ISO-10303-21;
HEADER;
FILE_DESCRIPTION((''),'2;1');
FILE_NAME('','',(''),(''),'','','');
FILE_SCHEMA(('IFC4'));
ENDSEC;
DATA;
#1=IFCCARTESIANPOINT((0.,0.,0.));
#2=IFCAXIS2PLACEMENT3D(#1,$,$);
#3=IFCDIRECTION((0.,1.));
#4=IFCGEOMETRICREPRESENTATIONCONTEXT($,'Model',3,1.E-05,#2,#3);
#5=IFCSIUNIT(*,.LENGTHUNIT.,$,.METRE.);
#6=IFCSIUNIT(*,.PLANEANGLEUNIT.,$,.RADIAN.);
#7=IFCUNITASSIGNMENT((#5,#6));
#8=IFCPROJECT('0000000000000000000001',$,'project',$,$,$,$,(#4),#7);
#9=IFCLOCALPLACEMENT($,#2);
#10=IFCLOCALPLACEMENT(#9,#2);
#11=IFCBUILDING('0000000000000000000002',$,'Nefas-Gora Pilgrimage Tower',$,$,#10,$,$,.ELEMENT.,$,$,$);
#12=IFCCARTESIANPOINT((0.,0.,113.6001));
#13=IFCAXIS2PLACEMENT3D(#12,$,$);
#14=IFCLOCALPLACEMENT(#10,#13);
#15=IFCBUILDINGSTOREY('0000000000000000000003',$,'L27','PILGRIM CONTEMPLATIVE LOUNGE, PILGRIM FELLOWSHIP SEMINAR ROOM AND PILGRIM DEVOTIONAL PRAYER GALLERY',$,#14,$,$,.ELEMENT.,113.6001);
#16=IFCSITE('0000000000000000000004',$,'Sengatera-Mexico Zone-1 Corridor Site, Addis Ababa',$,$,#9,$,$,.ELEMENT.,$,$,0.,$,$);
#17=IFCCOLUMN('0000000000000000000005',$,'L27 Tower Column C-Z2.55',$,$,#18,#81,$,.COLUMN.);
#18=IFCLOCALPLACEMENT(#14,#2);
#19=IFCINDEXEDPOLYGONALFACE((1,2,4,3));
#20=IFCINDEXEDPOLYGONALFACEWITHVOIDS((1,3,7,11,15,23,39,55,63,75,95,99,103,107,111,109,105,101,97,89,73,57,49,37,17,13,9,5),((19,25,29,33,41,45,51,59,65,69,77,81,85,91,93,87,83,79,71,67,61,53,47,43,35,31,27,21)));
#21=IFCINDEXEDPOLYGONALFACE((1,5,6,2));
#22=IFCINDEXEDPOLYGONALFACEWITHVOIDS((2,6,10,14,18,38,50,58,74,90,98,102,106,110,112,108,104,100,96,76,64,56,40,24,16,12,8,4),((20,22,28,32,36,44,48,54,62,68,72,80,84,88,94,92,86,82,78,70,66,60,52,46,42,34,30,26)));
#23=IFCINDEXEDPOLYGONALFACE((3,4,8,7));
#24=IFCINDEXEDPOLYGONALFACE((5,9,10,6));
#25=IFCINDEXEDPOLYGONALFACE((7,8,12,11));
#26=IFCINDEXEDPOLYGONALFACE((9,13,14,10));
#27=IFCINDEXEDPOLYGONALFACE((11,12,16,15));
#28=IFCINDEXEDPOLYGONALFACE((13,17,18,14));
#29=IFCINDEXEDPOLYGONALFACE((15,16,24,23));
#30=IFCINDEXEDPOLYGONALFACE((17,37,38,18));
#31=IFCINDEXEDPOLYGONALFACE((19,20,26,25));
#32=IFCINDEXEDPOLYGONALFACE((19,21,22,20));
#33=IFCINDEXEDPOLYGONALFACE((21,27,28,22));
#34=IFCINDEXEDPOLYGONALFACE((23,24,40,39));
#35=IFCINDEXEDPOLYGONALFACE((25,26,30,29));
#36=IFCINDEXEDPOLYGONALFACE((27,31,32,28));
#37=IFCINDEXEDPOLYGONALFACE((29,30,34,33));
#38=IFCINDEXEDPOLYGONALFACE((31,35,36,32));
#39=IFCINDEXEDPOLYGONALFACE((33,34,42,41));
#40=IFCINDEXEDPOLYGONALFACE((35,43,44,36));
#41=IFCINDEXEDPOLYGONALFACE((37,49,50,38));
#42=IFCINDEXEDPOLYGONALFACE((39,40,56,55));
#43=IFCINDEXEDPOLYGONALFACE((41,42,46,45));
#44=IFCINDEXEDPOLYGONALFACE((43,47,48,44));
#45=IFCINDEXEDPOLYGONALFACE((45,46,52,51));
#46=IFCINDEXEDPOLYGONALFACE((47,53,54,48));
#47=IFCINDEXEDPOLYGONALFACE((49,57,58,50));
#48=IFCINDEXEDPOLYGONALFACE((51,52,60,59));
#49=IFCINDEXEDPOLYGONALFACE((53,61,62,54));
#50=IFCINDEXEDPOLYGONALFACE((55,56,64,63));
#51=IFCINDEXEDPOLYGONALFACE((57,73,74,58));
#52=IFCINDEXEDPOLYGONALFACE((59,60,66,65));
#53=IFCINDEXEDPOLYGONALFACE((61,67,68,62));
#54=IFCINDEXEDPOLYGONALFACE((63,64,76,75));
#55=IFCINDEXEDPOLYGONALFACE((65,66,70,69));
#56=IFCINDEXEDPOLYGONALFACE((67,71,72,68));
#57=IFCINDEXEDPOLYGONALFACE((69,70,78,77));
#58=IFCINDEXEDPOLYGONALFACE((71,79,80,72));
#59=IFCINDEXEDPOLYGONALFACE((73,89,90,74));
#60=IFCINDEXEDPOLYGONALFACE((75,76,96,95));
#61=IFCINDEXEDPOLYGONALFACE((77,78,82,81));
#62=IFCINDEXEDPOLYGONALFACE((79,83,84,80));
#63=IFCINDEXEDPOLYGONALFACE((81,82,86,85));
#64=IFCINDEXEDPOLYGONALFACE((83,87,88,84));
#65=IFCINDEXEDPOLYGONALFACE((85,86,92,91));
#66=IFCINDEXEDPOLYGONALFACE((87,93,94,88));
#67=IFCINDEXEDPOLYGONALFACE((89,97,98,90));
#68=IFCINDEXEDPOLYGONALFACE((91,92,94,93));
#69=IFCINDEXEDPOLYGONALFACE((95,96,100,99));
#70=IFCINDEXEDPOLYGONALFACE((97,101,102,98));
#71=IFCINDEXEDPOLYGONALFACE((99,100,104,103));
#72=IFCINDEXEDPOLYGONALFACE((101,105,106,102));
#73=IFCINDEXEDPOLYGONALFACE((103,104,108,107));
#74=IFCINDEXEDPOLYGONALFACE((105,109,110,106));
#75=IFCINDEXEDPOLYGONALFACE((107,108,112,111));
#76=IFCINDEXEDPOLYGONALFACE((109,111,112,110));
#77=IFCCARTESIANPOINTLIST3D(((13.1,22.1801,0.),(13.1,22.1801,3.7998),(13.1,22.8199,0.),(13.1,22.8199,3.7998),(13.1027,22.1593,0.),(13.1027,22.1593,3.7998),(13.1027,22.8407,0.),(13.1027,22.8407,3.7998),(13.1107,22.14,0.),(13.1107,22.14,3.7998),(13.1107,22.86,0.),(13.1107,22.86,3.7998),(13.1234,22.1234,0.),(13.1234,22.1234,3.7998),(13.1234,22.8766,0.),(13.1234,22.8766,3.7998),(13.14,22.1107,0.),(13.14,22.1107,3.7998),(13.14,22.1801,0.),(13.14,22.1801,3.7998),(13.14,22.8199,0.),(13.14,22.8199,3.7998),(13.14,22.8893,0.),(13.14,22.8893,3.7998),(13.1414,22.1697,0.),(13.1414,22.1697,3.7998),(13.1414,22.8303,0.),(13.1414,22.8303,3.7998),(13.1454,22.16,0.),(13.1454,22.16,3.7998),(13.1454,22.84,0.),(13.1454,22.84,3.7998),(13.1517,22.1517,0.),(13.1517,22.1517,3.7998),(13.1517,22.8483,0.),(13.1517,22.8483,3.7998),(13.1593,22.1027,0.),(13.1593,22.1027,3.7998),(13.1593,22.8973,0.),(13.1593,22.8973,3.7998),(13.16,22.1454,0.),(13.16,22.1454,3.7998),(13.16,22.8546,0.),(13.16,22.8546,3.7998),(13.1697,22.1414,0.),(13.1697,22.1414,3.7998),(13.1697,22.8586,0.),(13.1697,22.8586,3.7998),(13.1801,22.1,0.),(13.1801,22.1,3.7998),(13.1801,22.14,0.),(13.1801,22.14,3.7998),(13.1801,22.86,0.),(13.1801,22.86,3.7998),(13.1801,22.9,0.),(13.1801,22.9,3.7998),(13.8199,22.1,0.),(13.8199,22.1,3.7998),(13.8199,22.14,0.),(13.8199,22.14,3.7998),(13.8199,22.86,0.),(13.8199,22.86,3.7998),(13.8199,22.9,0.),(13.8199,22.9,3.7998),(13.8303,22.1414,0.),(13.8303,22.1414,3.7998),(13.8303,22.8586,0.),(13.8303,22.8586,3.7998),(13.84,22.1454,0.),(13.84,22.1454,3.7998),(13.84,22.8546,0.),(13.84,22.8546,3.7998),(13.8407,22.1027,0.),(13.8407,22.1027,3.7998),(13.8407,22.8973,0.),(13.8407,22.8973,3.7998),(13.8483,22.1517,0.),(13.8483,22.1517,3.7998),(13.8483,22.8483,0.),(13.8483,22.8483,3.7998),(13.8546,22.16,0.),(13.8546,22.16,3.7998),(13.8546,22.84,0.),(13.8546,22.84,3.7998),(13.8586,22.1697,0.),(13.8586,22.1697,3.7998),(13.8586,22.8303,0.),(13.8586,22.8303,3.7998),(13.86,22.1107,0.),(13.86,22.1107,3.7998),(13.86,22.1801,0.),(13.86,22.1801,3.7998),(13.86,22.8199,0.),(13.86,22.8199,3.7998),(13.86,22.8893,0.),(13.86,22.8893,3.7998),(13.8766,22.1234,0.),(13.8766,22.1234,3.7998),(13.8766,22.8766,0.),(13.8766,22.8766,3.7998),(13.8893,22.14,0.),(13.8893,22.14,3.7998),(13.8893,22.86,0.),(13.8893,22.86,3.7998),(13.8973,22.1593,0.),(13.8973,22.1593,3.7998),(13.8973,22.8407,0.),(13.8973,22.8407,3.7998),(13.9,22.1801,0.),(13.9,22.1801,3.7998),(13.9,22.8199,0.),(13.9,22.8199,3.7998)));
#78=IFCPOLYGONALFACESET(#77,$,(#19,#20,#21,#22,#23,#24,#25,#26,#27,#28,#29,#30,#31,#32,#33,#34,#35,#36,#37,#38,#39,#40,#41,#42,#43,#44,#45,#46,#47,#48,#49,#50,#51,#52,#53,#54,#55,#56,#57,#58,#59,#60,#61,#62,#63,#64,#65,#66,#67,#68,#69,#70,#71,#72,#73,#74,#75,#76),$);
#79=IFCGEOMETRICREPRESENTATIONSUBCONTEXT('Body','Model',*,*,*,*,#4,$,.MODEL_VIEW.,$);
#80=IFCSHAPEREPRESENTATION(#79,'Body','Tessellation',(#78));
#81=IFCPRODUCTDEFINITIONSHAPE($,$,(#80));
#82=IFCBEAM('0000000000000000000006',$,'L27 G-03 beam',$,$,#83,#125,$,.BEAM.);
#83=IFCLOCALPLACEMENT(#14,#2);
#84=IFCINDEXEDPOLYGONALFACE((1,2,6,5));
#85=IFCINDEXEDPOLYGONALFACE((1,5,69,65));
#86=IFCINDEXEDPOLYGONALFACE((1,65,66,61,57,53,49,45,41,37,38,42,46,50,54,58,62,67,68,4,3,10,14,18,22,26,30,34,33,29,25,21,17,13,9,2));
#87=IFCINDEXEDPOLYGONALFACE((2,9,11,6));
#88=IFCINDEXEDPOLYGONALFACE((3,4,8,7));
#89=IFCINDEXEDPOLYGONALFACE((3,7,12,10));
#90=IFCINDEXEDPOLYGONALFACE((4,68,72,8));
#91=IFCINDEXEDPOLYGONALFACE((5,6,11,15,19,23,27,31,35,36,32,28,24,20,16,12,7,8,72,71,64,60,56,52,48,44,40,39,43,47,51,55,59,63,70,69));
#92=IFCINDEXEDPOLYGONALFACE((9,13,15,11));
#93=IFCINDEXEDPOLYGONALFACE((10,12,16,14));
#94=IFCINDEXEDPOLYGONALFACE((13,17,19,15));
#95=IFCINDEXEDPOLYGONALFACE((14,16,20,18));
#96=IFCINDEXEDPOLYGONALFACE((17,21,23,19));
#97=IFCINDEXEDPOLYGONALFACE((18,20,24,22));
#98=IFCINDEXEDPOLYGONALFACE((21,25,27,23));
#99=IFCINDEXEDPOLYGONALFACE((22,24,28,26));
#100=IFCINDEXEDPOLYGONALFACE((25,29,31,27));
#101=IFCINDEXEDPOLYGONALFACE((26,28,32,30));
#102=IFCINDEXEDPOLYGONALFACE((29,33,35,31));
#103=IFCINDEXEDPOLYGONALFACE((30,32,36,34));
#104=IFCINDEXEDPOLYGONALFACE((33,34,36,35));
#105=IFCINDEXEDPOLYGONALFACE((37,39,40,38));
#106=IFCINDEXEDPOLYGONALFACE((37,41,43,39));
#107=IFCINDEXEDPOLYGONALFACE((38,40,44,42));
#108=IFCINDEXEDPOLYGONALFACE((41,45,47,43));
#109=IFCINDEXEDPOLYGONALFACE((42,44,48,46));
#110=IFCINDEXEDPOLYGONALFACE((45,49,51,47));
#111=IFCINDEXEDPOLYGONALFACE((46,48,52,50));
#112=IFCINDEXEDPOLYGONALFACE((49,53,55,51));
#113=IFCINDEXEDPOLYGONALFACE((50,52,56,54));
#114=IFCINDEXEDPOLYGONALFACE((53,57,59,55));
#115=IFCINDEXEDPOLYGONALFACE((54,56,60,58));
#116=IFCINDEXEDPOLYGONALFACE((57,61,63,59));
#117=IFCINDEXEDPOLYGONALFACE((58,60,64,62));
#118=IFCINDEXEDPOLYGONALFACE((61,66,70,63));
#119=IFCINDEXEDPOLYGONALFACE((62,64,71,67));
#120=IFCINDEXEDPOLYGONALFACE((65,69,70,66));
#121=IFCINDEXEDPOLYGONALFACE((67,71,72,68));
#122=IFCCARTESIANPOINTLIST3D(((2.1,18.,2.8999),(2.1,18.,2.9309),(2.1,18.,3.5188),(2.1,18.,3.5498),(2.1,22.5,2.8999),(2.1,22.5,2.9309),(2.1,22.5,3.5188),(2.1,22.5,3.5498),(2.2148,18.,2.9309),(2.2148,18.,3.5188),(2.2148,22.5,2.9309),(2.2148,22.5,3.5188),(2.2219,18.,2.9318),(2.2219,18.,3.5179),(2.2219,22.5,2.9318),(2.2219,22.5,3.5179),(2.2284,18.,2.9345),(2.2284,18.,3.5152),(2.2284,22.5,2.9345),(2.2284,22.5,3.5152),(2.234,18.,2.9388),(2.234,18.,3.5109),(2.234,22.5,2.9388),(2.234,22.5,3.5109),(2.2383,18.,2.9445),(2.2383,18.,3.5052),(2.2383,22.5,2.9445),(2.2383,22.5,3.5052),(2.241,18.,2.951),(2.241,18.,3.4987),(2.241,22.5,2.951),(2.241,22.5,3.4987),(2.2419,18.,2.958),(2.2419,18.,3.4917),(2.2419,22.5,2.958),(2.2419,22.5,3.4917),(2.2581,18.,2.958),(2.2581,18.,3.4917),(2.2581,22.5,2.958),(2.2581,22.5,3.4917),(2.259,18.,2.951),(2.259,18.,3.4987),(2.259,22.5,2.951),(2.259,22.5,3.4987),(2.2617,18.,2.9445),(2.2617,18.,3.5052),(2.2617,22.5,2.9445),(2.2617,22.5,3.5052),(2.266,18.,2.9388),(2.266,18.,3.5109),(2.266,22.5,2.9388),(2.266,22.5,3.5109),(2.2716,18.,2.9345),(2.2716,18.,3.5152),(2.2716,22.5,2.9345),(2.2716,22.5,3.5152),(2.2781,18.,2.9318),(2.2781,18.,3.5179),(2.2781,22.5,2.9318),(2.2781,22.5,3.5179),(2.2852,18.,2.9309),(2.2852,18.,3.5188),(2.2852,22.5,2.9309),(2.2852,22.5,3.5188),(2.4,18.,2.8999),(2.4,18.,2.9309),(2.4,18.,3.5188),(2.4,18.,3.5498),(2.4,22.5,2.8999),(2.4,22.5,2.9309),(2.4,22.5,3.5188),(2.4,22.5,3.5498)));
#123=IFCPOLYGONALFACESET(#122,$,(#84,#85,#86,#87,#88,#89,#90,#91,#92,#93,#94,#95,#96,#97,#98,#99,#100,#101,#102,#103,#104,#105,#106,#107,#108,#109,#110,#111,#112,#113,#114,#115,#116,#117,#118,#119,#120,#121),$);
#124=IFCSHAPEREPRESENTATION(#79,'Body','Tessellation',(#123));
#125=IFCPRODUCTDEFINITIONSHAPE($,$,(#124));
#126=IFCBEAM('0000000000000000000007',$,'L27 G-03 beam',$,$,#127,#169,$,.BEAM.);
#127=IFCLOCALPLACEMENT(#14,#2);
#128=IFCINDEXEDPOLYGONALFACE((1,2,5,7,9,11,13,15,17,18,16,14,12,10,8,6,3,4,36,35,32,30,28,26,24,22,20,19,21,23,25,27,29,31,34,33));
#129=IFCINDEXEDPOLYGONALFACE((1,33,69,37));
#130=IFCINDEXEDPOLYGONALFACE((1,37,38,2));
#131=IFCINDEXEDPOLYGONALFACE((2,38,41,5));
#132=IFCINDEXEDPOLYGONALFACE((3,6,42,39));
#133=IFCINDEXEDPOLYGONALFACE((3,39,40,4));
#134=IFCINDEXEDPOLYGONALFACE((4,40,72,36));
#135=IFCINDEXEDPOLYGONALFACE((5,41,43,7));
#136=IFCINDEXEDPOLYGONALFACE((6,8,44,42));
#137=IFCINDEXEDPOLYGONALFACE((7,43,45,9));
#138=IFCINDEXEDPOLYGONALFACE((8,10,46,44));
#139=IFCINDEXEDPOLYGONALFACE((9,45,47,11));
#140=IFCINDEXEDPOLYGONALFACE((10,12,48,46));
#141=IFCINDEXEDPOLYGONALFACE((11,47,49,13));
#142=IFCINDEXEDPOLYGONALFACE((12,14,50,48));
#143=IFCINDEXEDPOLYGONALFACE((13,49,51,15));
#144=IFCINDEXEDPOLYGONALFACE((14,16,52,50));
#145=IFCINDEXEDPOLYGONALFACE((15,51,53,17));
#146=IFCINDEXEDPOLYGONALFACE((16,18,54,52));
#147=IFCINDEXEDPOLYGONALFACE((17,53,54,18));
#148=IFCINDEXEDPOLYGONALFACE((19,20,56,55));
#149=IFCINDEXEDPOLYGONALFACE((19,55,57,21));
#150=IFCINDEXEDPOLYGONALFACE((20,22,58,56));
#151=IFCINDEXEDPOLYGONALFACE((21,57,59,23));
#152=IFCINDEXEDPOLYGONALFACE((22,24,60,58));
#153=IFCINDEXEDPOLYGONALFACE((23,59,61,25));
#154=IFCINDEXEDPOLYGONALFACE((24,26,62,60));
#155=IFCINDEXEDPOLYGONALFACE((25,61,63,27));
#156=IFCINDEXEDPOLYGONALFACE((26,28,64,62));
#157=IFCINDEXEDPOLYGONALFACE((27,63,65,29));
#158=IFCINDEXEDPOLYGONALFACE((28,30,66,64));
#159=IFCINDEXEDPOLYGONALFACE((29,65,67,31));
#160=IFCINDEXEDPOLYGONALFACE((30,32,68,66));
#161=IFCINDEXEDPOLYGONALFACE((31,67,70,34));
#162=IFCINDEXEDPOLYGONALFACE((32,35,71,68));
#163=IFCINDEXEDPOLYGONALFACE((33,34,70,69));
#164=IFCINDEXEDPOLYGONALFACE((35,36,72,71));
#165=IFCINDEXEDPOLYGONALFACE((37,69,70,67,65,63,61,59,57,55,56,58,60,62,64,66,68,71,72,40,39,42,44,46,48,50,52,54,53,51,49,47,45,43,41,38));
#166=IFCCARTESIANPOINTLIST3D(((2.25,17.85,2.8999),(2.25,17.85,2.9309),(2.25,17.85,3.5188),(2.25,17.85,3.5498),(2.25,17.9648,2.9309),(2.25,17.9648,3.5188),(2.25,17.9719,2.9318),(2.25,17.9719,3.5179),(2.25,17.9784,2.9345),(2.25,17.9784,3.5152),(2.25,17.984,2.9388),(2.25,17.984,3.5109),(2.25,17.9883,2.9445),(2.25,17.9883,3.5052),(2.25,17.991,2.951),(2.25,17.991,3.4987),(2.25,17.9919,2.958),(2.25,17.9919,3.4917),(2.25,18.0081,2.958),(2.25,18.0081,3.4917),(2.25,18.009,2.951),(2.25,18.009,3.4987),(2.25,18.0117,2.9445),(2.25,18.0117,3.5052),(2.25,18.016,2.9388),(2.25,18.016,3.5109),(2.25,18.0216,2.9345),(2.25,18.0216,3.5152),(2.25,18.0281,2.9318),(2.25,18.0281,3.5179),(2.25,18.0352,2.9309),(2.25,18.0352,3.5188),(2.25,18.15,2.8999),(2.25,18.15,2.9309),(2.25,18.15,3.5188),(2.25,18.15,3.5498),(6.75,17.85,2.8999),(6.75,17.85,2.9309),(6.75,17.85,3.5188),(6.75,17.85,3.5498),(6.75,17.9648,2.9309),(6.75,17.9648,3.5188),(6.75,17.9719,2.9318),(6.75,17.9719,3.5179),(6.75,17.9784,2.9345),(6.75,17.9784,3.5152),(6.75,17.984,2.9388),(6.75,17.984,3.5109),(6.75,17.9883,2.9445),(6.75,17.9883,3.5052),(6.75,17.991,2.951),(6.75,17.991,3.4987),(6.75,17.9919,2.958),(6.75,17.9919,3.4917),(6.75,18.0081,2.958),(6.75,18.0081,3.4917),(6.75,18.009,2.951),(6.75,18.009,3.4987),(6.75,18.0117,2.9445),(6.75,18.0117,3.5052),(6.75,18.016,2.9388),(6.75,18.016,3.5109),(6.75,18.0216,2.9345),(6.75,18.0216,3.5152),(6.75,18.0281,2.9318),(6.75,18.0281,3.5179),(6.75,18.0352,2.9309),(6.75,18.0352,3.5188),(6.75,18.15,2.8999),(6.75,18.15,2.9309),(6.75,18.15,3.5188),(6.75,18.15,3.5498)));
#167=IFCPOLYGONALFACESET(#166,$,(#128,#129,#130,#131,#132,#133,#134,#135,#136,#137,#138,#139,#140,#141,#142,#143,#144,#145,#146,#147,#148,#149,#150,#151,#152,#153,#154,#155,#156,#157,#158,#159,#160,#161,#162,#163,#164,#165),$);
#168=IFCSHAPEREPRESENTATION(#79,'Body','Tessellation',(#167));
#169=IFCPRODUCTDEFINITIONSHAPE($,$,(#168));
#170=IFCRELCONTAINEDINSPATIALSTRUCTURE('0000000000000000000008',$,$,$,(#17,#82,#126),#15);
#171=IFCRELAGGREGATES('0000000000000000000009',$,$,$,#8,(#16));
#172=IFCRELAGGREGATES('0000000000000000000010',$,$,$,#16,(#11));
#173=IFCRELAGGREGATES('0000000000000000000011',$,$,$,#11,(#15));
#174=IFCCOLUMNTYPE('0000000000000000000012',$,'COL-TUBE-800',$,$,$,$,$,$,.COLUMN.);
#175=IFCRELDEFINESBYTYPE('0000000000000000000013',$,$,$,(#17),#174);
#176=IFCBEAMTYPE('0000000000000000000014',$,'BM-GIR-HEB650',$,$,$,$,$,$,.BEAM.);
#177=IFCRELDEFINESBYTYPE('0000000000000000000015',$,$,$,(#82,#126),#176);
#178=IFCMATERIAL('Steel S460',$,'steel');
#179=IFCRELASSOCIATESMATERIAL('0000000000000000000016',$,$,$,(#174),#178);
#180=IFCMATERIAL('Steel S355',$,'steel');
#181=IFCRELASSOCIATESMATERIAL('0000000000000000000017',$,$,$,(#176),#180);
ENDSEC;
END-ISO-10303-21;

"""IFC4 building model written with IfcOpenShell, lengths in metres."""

from ifc_helpers import new_model, si_unit, direction, frame, origin, origin_2d, place, context, subcontext, project, spatial, hollow_rectangle, i_section, extrude, source, transform, mapped, material, material_profile, profile_set, type_object, element, save


model = new_model("IFC4")

# Units and contexts
model_context = context("Model", 3, precision=1e-05, world=origin(), true_north=direction((0.0, 1.0)))
body_context = subcontext(model_context, "Body", "Model", "MODEL_VIEW")
ifc_project = project(units=[si_unit("LENGTHUNIT", "METRE"), si_unit("PLANEANGLEUNIT", "RADIAN")], contexts=[model_context])

# Site, building, storey
site_placement = place(None, origin())
site = spatial("IfcSite", under=ifc_project, at=site_placement, Name="Sengatera-Mexico Zone-1 Corridor Site, Addis Ababa", CompositionType="ELEMENT", RefElevation=0.0)
building_placement = place(site_placement, origin())
building = spatial("IfcBuilding", under=site, at=building_placement, Name="Nefas-Gora Pilgrimage Tower", CompositionType="ELEMENT")
storey_placement = place(building_placement, frame((0.0, 0.0, 113.6001)))
storey = spatial("IfcBuildingStorey", under=building, at=storey_placement, Name="L27", Description="PILGRIM CONTEMPLATIVE LOUNGE, PILGRIM FELLOWSHIP SEMINAR ROOM AND PILGRIM DEVOTIONAL PRAYER GALLERY", CompositionType="ELEMENT", Elevation=113.6001)

# Column
ifc_material_1 = material(Name="Steel S460", Category="steel")
ifc_material_profile_1 = material_profile(ifc_material_1, hollow_rectangle(XDim=0.8, YDim=0.8, WallThickness=0.04, InnerFilletRadius=0.04, OuterFilletRadius=0.0801, at=origin_2d()), Name="BOX 800x800x40")
ifc_profile_set_1 = profile_set([ifc_material_profile_1], Name="Steel S460")
column_type_1 = type_object("IfcColumnType", Name="COL-TUBE-800", PredefinedType="COLUMN", material=ifc_profile_set_1)
shared_shape_1 = source(origin(), body_context, "Body", "SweptSolid", [
    extrude(hollow_rectangle(XDim=0.8, YDim=0.8, WallThickness=0.04, InnerFilletRadius=0.04, OuterFilletRadius=0.0801, at=origin_2d()), origin(), (0.0, 0.0, 1.0), 3.7998),
])
for number, where, z_axis, x_axis, name in (
    (1, (13.5, 22.5, 0.0), (0.0, 0.0, 1.0), (1.0, 0.0, 0.0), "L27 Tower Column C-Z2.55"),
):
    element("IfcColumn", number, at=place(storey_placement, frame(where, z_axis=z_axis, x_axis=x_axis)), inside=storey, type_object=column_type_1, Name=name, PredefinedType="COLUMN", context=body_context, shape_type="MappedRepresentation", body=[
        mapped(shared_shape_1, transform((0.0, 0.0, 0.0), x_axis=(1.0, 0.0, 0.0), y_axis=(0.0, 1.0, 0.0), z_axis=(0.0, 0.0, 1.0), scale=1.0)),
    ])

# Beams
ifc_material_2 = material(Name="Steel S355", Category="steel")
ifc_material_profile_2 = material_profile(ifc_material_2, i_section(OverallWidth=0.3, OverallDepth=0.6499, WebThickness=0.0161, FlangeThickness=0.031, FilletRadius=0.0271, at=origin_2d()), Name="HEB 650")
ifc_profile_set_2 = profile_set([ifc_material_profile_2], Name="Steel S355")
beam_type_1 = type_object("IfcBeamType", Name="BM-GIR-HEB650", PredefinedType="BEAM", material=ifc_profile_set_2)
shared_shape_2 = source(origin(), body_context, "Body", "SweptSolid", [
    extrude(i_section(OverallWidth=0.3, OverallDepth=0.6499, WebThickness=0.0161, FlangeThickness=0.031, FilletRadius=0.0271, at=origin_2d()), origin(), (0.0, 0.0, 1.0), 4.5),
])
for number, where, z_axis, x_axis, name in (
    (2, (2.25, 18.0, 3.2249), (0.0, 1.0, 0.0), (-1.0, 0.0, 0.0), "L27 G-03 beam"),
    (3, (2.25, 18.0, 3.2249), (1.0, 0.0, 0.0), (0.0, 1.0, 0.0), "L27 G-03 beam"),
):
    element("IfcBeam", number, at=place(storey_placement, frame(where, z_axis=z_axis, x_axis=x_axis)), inside=storey, type_object=beam_type_1, Name=name, PredefinedType="BEAM", context=body_context, shape_type="MappedRepresentation", body=[
        mapped(shared_shape_2, transform((0.0, 0.0, 0.0), x_axis=(1.0, 0.0, 0.0), y_axis=(0.0, 1.0, 0.0), z_axis=(0.0, 0.0, 1.0), scale=1.0)),
    ])

save(model, "model.ifc")
